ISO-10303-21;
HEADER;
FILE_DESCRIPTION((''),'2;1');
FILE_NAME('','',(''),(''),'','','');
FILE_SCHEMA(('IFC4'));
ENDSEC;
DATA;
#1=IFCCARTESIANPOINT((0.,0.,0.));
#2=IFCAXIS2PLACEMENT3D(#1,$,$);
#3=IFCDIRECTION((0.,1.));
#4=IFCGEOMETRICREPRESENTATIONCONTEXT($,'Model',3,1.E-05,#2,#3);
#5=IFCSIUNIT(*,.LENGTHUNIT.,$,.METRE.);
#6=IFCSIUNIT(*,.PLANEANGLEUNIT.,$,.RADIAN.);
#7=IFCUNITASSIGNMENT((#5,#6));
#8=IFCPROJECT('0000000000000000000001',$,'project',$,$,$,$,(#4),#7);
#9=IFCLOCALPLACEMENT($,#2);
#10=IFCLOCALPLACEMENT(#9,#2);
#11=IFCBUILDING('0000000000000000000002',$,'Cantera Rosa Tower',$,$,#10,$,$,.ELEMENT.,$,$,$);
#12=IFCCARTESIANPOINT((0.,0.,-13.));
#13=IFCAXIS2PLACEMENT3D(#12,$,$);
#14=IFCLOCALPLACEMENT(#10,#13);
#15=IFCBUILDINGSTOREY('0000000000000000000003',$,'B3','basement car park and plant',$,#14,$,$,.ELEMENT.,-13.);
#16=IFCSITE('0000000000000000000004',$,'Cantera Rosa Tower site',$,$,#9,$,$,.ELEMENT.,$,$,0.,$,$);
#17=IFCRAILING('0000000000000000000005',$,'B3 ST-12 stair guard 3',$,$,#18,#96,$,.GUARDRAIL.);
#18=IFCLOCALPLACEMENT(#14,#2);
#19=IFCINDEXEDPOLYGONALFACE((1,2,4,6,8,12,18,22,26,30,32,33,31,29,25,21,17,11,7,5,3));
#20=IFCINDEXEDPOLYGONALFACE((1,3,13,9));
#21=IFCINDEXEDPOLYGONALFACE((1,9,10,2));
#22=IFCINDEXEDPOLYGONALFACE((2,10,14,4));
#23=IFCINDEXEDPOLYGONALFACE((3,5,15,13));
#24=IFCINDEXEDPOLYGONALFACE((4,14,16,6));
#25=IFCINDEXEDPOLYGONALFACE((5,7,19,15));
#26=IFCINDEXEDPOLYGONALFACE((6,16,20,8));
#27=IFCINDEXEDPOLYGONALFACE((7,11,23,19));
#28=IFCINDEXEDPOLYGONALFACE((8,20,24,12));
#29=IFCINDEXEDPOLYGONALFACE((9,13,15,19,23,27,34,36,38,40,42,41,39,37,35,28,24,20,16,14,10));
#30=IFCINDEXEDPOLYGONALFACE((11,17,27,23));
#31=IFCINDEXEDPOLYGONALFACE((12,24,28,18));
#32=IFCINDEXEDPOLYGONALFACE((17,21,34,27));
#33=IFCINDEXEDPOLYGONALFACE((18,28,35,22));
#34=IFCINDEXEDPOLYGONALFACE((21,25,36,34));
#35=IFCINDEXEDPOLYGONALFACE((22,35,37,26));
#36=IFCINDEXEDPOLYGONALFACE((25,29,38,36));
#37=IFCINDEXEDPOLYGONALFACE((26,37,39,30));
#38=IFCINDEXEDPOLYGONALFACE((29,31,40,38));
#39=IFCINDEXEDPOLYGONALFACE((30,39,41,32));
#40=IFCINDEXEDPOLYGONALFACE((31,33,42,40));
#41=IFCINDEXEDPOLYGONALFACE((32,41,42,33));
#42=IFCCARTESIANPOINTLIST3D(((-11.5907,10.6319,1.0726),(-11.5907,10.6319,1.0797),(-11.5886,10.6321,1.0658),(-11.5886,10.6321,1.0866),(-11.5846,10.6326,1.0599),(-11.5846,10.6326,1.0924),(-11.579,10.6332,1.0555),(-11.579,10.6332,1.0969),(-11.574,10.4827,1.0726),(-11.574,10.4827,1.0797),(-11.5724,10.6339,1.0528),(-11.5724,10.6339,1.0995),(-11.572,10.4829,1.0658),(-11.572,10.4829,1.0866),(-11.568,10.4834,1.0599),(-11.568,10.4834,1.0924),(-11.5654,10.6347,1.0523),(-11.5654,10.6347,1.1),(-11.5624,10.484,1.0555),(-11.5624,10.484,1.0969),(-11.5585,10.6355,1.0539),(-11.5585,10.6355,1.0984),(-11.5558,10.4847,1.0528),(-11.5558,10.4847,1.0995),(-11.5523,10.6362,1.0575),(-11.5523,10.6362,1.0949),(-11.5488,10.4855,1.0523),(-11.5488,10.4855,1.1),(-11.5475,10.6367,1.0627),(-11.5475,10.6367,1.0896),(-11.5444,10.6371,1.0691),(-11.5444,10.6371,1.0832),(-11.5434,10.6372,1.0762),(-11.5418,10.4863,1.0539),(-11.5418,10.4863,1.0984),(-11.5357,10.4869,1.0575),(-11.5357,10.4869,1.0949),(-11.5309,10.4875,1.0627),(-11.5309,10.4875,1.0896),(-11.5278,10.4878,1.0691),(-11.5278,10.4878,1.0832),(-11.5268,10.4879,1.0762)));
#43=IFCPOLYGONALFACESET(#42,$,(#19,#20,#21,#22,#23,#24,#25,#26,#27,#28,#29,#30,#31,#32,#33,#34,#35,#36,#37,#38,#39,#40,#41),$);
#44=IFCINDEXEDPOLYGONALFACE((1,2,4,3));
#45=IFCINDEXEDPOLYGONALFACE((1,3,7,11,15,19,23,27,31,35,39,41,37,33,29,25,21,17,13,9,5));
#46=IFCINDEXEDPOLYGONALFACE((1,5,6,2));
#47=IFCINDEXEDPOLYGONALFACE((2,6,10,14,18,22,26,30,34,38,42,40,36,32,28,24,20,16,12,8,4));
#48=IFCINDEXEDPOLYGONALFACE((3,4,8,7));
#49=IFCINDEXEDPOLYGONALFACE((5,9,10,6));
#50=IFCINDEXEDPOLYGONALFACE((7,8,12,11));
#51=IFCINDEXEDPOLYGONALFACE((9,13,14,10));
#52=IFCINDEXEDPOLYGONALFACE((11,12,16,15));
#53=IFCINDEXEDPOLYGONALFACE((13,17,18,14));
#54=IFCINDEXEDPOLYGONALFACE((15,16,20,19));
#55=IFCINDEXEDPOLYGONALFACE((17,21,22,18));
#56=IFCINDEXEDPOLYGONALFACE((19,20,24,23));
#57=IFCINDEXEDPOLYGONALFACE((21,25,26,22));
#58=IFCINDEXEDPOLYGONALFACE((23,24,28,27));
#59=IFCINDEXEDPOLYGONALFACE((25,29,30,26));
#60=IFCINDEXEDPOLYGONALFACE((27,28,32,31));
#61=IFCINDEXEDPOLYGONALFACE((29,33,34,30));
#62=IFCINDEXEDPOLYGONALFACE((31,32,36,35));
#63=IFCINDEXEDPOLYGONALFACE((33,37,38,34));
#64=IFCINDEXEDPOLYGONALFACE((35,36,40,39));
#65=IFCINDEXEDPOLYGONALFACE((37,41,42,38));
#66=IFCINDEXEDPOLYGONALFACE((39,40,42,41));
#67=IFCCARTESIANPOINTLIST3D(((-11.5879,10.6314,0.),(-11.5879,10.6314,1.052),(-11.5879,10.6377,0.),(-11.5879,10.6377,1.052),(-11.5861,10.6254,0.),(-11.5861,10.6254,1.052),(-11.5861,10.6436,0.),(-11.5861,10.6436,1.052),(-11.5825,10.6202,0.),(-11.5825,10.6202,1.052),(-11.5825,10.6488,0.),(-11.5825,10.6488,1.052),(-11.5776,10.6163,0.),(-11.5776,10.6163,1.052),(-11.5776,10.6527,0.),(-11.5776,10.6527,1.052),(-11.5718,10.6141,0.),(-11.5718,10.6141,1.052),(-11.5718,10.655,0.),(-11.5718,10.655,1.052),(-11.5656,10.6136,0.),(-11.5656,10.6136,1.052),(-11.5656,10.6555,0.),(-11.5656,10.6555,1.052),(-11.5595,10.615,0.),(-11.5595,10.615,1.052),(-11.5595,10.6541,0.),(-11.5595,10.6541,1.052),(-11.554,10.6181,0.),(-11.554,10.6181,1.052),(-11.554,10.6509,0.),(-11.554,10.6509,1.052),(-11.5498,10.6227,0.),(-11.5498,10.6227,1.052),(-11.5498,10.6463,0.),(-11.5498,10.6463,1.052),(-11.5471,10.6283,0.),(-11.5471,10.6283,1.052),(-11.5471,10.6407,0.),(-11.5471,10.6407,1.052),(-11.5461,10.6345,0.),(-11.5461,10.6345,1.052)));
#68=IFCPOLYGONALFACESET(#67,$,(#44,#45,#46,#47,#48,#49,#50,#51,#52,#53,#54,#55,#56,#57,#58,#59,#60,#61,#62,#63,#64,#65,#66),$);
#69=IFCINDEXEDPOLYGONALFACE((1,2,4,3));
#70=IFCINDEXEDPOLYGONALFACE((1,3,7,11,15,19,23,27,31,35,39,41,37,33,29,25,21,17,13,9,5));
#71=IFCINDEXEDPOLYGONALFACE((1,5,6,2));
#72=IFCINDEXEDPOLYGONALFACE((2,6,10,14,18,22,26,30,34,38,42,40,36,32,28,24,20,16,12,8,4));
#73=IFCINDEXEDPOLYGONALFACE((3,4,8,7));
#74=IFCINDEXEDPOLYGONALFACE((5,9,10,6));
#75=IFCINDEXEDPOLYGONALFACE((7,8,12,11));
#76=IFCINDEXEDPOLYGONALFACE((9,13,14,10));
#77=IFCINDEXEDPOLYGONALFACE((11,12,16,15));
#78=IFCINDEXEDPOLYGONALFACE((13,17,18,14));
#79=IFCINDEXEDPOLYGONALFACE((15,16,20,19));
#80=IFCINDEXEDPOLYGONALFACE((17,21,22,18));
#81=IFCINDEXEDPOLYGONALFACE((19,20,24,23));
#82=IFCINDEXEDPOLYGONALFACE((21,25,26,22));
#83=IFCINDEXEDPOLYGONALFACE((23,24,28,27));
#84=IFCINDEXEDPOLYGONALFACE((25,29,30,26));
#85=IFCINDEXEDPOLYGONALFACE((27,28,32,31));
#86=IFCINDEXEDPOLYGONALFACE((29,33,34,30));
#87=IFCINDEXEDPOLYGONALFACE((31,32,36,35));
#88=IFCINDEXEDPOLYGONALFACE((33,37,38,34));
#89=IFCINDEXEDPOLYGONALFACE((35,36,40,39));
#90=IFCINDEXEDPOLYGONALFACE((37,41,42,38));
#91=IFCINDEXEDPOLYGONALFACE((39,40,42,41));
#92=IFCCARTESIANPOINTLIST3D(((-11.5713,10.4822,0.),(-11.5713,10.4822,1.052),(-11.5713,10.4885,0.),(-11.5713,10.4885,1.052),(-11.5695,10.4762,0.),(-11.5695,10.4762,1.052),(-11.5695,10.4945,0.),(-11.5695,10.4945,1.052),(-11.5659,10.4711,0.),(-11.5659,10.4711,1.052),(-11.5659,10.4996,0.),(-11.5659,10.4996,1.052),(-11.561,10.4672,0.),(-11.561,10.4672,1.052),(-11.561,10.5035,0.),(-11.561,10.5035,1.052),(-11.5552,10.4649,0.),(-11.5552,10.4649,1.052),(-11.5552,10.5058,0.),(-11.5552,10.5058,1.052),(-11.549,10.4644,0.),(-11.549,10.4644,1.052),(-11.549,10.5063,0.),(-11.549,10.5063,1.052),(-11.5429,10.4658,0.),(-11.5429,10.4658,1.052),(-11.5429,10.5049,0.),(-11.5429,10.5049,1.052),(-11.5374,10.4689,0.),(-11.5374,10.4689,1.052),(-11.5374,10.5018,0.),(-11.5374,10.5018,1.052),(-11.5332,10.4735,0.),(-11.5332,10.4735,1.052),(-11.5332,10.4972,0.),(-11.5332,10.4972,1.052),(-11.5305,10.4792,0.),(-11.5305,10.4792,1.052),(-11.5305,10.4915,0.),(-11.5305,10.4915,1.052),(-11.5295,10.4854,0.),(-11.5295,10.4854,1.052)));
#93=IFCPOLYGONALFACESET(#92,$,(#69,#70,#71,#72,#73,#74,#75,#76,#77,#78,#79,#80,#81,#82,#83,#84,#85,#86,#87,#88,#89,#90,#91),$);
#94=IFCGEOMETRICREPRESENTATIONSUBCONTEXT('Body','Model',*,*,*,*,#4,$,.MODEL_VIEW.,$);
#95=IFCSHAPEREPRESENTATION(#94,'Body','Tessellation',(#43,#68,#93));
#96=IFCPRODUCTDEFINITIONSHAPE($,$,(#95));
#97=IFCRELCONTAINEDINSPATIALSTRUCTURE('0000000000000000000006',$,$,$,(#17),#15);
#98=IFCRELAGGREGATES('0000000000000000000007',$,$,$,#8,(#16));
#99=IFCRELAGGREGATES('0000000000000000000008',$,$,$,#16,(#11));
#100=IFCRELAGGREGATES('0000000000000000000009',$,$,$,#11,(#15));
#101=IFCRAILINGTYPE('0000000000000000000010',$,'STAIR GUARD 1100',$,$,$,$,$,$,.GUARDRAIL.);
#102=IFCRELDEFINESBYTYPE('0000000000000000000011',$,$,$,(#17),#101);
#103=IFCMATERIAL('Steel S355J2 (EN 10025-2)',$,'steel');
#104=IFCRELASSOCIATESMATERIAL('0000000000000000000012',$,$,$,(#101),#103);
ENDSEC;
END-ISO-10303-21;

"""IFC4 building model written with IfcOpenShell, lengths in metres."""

from ifc_helpers import new_model, si_unit, direction, frame, origin, origin_2d, place, context, subcontext, project, spatial, circle, extrude, material, type_object, element, save


model = new_model("IFC4")

# Units and contexts
model_context = context("Model", 3, precision=1e-05, world=origin(), true_north=direction((0.0, 1.0)))
body_context = subcontext(model_context, "Body", "Model", "MODEL_VIEW")
ifc_project = project(units=[si_unit("LENGTHUNIT", "METRE"), si_unit("PLANEANGLEUNIT", "RADIAN")], contexts=[model_context])

# Site, building, storey
site_placement = place(None, origin())
site = spatial("IfcSite", under=ifc_project, at=site_placement, Name="Cantera Rosa Tower site", CompositionType="ELEMENT", RefElevation=0.0)
building_placement = place(site_placement, origin())
building = spatial("IfcBuilding", under=site, at=building_placement, Name="Cantera Rosa Tower", CompositionType="ELEMENT")
storey_placement = place(building_placement, frame((0.0, 0.0, -13.0)))
storey = spatial("IfcBuildingStorey", under=building, at=storey_placement, Name="B3", Description="basement car park and plant", CompositionType="ELEMENT", Elevation=-13.0)

# Railing
ifc_material_1 = material(Name="Steel S355J2 (EN 10025-2)", Category="steel")
railing_type_1 = type_object("IfcRailingType", Name="STAIR GUARD 1100", PredefinedType="GUARDRAIL", material=ifc_material_1)
railing_1_placement = place(storey_placement, frame((-11.5671, 10.6345, 0.0)))
element("IfcRailing", 1, at=railing_1_placement, inside=storey, type_object=railing_type_1, Name="B3 ST-12 stair guard 3", PredefinedType="GUARDRAIL", context=body_context, shape_type="SweptSolid", body=[
    extrude(circle(Radius=0.0239, at=origin_2d()), frame((0.0, 0.0, 1.0762), z_axis=(0.11061, -0.993864, 0.0), x_axis=(0.993864, 0.11061, 0.0)), (0.0, 0.0, 1.0), 0.1501),
    extrude(circle(Radius=0.021, at=origin_2d()), origin(), (0.0, 0.0, 1.0), 1.052),
    extrude(circle(Radius=0.021, at=origin_2d()), frame((0.0166, -0.1492, 0.0)), (0.0, 0.0, 1.0), 1.052),
])

save(model, "model.ifc")
